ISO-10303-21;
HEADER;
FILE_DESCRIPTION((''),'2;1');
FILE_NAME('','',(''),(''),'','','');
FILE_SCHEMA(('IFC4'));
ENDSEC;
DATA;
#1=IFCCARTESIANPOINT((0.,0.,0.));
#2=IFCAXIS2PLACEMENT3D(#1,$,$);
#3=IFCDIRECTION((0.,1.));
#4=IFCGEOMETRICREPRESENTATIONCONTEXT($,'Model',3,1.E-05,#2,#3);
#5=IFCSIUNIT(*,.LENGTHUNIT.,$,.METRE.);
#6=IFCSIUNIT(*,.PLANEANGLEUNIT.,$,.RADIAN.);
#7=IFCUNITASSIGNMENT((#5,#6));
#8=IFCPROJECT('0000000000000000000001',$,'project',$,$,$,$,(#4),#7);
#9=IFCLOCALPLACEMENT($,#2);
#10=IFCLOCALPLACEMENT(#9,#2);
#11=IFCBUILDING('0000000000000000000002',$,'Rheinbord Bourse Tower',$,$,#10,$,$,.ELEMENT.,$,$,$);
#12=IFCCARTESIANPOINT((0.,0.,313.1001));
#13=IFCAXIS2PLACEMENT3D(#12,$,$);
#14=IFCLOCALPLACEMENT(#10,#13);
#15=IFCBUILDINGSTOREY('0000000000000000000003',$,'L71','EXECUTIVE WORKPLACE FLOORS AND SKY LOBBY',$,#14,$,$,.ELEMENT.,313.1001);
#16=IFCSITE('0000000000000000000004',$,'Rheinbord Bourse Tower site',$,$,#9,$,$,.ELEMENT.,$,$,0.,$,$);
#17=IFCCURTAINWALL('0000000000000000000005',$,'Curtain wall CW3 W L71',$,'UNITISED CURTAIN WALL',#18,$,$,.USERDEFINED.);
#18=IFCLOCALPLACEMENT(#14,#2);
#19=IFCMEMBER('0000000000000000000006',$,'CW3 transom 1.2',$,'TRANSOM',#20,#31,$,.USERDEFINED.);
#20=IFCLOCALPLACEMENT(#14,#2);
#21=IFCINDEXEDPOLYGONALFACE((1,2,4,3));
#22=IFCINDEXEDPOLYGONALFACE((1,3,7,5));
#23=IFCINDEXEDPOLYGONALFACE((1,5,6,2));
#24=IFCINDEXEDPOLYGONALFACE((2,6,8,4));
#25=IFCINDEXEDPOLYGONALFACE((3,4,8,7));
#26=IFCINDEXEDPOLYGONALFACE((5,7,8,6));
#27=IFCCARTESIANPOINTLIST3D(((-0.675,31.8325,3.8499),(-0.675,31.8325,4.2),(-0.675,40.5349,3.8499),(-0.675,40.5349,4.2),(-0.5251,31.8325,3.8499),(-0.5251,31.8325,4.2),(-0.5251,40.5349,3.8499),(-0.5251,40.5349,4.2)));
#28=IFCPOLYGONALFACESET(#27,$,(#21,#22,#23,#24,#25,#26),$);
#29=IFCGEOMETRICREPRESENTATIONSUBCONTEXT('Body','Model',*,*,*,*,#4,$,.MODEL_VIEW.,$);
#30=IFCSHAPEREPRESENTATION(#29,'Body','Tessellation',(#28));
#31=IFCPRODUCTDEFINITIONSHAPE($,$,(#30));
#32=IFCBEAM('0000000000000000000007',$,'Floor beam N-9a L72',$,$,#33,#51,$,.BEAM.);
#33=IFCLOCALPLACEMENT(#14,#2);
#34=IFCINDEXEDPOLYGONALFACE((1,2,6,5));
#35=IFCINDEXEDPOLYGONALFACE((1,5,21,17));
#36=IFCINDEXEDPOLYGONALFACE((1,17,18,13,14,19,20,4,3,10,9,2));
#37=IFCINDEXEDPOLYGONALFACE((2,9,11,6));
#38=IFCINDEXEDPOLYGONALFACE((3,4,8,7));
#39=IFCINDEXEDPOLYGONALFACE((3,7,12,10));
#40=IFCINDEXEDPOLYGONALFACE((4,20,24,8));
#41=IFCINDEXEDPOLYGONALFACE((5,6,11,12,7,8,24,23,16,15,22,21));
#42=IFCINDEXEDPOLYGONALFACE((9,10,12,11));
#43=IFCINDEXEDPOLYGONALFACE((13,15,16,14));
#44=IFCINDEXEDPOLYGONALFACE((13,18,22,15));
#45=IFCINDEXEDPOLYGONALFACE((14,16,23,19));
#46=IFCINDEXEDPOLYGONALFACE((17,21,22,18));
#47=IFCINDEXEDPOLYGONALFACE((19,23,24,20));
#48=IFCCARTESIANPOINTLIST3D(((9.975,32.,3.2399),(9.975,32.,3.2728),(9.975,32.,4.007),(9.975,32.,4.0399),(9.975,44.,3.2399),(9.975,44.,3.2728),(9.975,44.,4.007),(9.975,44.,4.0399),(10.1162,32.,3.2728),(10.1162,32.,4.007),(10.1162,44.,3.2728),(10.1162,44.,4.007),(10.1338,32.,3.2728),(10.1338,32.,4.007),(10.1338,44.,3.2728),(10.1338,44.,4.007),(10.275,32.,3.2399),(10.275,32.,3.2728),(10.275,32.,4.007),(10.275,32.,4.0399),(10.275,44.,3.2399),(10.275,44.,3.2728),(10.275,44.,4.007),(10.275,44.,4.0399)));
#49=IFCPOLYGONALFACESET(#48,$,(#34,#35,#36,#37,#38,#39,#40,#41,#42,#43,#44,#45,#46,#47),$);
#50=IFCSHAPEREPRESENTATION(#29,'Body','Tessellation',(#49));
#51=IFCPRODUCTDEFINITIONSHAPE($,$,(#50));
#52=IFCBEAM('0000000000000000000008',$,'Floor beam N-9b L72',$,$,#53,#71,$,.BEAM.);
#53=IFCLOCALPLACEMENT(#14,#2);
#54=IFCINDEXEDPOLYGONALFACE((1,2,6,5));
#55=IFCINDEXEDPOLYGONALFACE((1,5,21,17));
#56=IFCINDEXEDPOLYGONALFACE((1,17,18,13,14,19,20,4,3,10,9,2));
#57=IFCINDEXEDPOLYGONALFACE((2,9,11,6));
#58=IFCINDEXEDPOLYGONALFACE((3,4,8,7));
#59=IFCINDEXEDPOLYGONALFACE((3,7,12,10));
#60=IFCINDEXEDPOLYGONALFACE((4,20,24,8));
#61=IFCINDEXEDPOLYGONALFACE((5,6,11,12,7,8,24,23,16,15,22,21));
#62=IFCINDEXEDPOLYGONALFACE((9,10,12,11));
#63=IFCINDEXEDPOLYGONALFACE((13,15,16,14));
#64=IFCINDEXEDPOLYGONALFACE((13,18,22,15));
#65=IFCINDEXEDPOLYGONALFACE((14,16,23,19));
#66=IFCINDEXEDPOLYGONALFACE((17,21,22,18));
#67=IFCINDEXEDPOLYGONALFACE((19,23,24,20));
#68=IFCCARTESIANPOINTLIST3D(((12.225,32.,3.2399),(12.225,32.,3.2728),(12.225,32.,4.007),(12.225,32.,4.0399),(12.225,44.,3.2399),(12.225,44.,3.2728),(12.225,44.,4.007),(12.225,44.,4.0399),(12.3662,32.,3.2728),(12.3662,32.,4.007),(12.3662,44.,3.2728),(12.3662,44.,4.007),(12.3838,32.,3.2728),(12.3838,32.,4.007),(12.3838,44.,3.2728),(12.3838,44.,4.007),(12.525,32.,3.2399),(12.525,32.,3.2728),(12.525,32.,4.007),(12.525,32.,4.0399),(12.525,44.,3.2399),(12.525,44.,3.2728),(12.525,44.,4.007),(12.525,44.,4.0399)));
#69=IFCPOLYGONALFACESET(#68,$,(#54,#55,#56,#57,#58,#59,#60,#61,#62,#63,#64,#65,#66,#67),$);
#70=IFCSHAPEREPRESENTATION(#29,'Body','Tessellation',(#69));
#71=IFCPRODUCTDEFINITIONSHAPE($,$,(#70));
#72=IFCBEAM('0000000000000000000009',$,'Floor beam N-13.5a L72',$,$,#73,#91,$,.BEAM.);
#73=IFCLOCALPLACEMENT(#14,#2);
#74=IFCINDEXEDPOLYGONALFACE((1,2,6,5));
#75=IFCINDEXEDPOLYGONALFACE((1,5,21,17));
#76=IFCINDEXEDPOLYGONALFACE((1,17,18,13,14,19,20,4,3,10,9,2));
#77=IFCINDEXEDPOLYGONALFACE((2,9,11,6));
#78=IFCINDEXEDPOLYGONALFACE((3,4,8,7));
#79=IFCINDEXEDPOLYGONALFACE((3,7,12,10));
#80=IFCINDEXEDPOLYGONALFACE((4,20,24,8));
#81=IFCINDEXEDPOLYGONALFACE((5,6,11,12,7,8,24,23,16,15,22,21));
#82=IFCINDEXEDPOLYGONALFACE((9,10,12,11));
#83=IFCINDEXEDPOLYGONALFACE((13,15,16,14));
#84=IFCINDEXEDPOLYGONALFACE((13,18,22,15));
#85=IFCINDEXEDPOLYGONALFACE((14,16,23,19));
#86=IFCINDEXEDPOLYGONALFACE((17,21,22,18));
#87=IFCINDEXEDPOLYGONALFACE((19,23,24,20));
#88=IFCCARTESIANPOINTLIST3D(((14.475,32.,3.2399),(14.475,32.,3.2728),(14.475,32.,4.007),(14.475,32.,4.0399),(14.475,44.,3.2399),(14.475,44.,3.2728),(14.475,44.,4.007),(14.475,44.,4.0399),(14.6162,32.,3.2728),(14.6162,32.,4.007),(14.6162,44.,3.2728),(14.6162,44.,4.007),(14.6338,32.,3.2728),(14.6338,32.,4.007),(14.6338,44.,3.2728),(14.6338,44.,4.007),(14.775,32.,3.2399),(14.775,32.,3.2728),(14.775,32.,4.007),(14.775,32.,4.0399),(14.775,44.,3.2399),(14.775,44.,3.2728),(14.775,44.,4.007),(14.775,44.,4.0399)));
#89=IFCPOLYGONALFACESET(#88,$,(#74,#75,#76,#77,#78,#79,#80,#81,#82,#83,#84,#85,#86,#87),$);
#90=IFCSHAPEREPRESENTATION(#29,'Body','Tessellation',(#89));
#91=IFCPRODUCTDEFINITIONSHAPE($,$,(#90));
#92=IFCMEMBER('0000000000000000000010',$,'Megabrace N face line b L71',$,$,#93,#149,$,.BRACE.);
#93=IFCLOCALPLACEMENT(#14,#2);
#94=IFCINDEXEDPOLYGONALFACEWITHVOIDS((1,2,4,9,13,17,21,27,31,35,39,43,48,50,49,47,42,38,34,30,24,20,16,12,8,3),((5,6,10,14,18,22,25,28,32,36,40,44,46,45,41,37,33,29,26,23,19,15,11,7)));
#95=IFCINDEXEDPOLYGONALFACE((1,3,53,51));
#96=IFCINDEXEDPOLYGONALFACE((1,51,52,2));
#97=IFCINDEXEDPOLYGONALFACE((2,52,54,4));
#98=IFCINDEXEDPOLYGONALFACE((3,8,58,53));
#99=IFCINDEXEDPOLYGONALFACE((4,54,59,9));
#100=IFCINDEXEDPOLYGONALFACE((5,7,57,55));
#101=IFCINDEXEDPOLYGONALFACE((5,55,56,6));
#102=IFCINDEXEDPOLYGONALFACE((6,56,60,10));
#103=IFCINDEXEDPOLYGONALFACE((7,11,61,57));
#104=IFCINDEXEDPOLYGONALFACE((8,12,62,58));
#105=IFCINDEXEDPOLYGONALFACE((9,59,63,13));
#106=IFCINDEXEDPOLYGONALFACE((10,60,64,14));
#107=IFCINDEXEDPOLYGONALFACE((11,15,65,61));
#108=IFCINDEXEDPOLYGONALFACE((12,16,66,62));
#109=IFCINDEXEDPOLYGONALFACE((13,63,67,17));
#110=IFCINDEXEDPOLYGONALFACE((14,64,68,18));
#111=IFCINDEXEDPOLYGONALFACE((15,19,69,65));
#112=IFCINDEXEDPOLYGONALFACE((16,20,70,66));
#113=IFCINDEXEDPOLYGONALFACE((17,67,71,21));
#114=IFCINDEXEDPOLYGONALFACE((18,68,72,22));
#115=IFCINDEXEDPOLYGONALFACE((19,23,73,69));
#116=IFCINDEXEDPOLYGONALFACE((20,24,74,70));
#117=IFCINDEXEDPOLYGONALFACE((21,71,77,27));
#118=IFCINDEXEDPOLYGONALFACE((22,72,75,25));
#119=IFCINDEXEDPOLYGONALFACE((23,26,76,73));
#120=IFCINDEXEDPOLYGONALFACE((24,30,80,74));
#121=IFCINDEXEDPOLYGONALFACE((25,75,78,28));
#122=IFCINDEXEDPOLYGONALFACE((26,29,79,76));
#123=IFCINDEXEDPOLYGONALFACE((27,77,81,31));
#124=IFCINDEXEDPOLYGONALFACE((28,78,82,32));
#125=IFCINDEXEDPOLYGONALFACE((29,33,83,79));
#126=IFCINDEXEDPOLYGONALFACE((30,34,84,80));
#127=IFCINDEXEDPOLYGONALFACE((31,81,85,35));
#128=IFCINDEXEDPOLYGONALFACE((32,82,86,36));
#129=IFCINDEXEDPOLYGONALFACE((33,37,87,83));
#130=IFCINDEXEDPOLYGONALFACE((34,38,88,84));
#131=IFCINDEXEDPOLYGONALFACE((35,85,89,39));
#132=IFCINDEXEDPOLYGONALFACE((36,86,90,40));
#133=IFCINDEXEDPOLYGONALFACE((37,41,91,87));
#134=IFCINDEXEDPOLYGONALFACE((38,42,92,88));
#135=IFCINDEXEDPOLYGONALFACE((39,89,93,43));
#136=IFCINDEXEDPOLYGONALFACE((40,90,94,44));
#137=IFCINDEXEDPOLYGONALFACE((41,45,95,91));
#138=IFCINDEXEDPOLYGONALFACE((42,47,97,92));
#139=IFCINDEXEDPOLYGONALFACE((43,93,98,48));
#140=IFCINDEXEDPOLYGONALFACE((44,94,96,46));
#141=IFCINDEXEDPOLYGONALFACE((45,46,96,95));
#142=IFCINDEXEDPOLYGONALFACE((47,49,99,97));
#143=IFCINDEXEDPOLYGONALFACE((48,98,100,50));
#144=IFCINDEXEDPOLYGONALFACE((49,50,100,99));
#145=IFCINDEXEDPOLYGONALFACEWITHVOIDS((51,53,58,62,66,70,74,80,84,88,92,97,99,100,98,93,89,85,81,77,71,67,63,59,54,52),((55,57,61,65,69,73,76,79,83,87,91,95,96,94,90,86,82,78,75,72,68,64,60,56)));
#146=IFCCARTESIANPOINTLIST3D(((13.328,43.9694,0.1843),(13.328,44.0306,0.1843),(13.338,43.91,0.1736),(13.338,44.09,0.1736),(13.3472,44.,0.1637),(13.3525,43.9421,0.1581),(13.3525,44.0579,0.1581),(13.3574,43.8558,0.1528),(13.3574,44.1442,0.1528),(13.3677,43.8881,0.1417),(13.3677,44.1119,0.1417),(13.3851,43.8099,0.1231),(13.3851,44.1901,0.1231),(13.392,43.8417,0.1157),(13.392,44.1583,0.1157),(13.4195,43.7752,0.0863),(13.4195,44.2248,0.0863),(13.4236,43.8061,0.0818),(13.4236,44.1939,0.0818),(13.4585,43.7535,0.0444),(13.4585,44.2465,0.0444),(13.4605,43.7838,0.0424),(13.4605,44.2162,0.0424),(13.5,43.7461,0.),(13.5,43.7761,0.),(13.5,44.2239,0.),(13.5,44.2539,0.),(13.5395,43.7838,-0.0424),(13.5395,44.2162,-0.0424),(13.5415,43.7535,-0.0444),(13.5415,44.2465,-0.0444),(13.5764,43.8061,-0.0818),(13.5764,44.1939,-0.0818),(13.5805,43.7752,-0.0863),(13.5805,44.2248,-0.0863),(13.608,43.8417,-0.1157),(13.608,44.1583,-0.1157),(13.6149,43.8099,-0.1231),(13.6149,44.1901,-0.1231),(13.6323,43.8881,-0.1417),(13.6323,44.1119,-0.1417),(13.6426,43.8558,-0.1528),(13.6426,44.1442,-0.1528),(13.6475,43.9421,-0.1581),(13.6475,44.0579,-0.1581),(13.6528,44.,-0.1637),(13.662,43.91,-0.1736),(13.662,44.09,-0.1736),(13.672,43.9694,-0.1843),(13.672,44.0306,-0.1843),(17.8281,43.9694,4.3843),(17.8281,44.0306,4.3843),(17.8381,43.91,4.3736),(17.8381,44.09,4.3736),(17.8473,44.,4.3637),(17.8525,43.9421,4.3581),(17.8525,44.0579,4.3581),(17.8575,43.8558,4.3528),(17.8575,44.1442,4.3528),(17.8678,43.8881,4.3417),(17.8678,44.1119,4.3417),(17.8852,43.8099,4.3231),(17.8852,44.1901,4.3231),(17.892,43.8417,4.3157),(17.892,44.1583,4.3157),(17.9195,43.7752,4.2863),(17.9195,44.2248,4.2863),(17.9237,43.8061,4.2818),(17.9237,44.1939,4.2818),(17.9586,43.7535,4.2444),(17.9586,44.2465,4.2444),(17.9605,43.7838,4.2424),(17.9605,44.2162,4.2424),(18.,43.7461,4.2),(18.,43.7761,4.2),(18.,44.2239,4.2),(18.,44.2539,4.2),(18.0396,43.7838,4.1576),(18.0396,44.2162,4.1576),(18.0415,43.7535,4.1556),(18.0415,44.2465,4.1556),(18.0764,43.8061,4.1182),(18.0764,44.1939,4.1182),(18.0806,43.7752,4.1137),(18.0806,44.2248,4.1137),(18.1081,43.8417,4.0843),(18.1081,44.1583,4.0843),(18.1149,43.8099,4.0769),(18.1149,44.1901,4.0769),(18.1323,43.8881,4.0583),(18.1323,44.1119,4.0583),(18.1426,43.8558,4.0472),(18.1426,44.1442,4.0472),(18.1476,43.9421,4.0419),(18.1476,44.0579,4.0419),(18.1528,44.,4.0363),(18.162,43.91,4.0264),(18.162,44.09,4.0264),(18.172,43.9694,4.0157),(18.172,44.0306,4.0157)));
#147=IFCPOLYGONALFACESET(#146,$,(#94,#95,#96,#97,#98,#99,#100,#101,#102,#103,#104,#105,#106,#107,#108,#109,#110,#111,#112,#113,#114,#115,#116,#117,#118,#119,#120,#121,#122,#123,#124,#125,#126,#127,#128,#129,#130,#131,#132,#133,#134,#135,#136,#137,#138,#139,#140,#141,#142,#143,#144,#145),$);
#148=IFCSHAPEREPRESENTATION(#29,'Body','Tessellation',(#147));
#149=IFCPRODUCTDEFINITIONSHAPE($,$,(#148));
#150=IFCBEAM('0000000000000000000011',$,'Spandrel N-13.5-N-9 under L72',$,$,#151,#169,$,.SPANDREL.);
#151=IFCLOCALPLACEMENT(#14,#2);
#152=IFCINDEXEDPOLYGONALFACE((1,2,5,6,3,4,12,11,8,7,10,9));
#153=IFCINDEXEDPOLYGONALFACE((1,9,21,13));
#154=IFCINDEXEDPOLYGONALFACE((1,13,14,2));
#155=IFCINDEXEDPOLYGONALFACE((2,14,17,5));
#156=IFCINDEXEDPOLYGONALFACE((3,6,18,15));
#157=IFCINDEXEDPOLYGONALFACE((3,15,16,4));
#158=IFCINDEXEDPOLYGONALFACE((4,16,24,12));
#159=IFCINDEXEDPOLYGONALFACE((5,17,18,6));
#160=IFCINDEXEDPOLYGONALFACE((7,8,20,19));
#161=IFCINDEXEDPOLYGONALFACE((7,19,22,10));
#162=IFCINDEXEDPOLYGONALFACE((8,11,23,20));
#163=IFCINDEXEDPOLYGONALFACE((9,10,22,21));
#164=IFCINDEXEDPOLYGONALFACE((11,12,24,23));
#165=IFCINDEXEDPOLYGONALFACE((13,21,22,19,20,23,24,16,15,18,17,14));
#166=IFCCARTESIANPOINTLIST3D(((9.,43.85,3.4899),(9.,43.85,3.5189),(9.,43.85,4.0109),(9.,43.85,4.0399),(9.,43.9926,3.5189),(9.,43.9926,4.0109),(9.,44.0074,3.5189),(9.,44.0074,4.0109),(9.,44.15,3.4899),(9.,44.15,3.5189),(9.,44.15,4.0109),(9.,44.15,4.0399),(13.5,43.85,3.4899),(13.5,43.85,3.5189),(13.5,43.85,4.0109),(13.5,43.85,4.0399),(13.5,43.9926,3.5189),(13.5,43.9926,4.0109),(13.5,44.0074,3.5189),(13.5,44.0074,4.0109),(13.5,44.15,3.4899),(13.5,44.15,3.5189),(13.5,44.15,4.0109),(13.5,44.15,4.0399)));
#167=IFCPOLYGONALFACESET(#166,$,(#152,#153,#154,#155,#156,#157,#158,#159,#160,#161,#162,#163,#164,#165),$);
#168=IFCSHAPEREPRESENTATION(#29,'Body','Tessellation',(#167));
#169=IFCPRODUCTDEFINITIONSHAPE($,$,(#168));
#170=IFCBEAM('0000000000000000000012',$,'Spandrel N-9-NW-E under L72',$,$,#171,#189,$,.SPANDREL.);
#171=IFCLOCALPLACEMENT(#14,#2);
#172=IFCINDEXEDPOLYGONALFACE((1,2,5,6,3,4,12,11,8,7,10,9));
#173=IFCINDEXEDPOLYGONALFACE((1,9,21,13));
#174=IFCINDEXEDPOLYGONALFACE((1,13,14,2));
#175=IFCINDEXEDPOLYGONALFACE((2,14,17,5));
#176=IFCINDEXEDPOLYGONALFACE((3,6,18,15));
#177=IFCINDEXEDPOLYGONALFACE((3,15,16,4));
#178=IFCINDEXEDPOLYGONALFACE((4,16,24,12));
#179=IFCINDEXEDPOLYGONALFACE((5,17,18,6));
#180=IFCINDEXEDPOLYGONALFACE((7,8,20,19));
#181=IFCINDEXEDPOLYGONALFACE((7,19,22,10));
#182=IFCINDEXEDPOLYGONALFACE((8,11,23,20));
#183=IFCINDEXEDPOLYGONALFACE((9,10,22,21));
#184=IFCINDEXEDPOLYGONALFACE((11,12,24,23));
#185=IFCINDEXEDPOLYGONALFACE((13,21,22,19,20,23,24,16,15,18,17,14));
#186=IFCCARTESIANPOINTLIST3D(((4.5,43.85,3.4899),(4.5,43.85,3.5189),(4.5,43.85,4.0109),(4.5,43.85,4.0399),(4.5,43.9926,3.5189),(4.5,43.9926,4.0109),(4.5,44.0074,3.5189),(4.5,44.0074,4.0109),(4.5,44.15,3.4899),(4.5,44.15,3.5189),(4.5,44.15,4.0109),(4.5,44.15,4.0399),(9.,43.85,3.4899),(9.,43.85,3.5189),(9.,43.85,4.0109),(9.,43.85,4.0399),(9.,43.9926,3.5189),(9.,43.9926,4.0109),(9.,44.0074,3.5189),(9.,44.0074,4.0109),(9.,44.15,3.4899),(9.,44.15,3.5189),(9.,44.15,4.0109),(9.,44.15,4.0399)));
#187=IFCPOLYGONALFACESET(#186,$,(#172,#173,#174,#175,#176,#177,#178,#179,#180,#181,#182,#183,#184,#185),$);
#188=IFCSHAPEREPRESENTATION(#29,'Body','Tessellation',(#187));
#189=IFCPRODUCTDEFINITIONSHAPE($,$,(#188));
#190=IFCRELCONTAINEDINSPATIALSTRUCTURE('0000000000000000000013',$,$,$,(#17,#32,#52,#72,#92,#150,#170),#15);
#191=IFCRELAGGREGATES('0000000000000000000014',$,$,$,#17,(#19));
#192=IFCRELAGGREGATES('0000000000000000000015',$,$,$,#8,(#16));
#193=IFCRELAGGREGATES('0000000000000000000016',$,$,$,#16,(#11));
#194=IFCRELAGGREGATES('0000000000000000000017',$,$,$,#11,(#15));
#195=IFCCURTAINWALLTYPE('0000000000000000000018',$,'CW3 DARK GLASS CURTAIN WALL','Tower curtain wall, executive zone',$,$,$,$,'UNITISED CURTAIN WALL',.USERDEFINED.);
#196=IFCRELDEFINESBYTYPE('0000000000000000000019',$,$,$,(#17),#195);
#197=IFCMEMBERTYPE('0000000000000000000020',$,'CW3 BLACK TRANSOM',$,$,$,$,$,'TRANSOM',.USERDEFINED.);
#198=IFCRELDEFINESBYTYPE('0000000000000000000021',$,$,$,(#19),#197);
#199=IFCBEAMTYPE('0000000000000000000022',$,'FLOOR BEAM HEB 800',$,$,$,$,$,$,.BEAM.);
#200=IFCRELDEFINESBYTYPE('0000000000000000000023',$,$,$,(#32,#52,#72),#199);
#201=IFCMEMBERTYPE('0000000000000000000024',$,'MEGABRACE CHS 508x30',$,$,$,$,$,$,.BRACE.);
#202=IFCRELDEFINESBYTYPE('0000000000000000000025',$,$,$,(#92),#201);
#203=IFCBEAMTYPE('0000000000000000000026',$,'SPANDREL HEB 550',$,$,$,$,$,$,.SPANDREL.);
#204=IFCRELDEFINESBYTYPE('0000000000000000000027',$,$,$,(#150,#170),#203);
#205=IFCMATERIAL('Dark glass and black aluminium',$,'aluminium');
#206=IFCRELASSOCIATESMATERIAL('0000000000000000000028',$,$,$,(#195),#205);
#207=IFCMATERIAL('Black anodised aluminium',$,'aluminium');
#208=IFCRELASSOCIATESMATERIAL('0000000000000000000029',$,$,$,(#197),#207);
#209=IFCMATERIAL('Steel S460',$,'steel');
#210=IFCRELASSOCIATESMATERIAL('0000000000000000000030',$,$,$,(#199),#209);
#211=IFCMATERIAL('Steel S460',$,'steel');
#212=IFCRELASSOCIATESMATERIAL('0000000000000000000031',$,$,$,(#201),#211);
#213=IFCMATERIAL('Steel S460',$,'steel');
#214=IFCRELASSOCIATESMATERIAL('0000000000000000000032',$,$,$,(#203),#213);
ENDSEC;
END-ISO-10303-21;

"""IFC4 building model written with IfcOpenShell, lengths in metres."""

from ifc_helpers import new_model, si_unit, direction, frame, origin, origin_2d, place, context, subcontext, project, spatial, rectangle, hollow_circle, i_section, extrude, material, material_profile, profile_set, type_object, element, aggregate, save


model = new_model("IFC4")

# Units and contexts
model_context = context("Model", 3, precision=1e-05, world=origin(), true_north=direction((0.0, 1.0)))
body_context = subcontext(model_context, "Body", "Model", "MODEL_VIEW")
ifc_project = project(units=[si_unit("LENGTHUNIT", "METRE"), si_unit("PLANEANGLEUNIT", "RADIAN")], contexts=[model_context])

# Site, building, storey
site_placement = place(None, origin())
site = spatial("IfcSite", under=ifc_project, at=site_placement, Name="Rheinbord Bourse Tower site", CompositionType="ELEMENT", RefElevation=0.0)
building_placement = place(site_placement, origin())
building = spatial("IfcBuilding", under=site, at=building_placement, Name="Rheinbord Bourse Tower", CompositionType="ELEMENT")
storey_placement = place(building_placement, frame((0.0, 0.0, 313.1001)))
storey = spatial("IfcBuildingStorey", under=building, at=storey_placement, Name="L71", Description="EXECUTIVE WORKPLACE FLOORS AND SKY LOBBY", CompositionType="ELEMENT", Elevation=313.1001)

# Shared definitions
ifc_material_1 = material(Name="Dark glass and black aluminium", Category="aluminium")
curtain_wall_type = type_object("IfcCurtainWallType", Name="CW3 DARK GLASS CURTAIN WALL", Description="Tower curtain wall, executive zone", ElementType="UNITISED CURTAIN WALL", PredefinedType="USERDEFINED", material=ifc_material_1)

# Curtain wall
curtain_wall_1_placement = place(storey_placement, origin())
curtain_wall_1 = element("IfcCurtainWall", 1, at=curtain_wall_1_placement, inside=storey, type_object=curtain_wall_type, Name="Curtain wall CW3 W L71", ObjectType="UNITISED CURTAIN WALL", PredefinedType="USERDEFINED")

# Member
ifc_material_2 = material(Name="Black anodised aluminium", Category="aluminium")
ifc_material_profile_1 = material_profile(ifc_material_2, rectangle(XDim=0.1499, YDim=0.3501, at=origin_2d()), Name="CW3 TRANSOM 350x150")
ifc_profile_set_1 = profile_set([ifc_material_profile_1], Name="Black anodised aluminium")
member_type_1 = type_object("IfcMemberType", Name="CW3 BLACK TRANSOM", ElementType="TRANSOM", PredefinedType="USERDEFINED", material=ifc_profile_set_1)
member_1_placement = place(storey_placement, frame((-0.6001, 40.5349, 4.0249), z_axis=(0.0, -1.0, 0.0), x_axis=(1.0, 0.0, 0.0)))
member_1 = element("IfcMember", 2, at=member_1_placement, type_object=member_type_1, Name="CW3 transom 1.2", ObjectType="TRANSOM", PredefinedType="USERDEFINED", context=body_context, shape_type="SweptSolid", body=[
    extrude(rectangle(XDim=0.1499, YDim=0.3501, at=origin_2d()), origin(), (0.0, 0.0, 1.0), 8.7024),
])

# Beams
ifc_material_3 = material(Name="Steel S460", Category="steel")
ifc_material_profile_2 = material_profile(ifc_material_3, i_section(OverallWidth=0.3, OverallDepth=0.8, WebThickness=0.0176, FlangeThickness=0.033, at=origin_2d()), Name="HEB 800")
ifc_profile_set_2 = profile_set([ifc_material_profile_2], Name="Steel S460")
beam_type_1 = type_object("IfcBeamType", Name="FLOOR BEAM HEB 800", PredefinedType="BEAM", material=ifc_profile_set_2)
for number, where, z_axis, x_axis, name in (
    (3, (10.125, 44.0, 3.6399), (0.0, -1.0, 0.0), (1.0, 0.0, 0.0), "Floor beam N-9a L72"),
    (4, (12.375, 44.0, 3.6399), (0.0, -1.0, 0.0), (1.0, 0.0, 0.0), "Floor beam N-9b L72"),
    (5, (14.625, 44.0, 3.6399), (0.0, -1.0, 0.0), (1.0, 0.0, 0.0), "Floor beam N-13.5a L72"),
):
    element("IfcBeam", number, at=place(storey_placement, frame(where, z_axis=z_axis, x_axis=x_axis)), inside=storey, type_object=beam_type_1, Name=name, PredefinedType="BEAM", context=body_context, shape_type="SweptSolid", body=[
        extrude(i_section(OverallWidth=0.3, OverallDepth=0.8, WebThickness=0.0176, FlangeThickness=0.033, at=origin_2d()), origin(), (0.0, 0.0, 1.0), 12.0),
    ])

# Member
ifc_material_4 = material(Name="Steel S460", Category="steel")
ifc_material_profile_3 = material_profile(ifc_material_4, hollow_circle(Radius=0.2539, WallThickness=0.03, at=origin_2d()), Name="CHS 508x30")
ifc_profile_set_3 = profile_set([ifc_material_profile_3], Name="Steel S460")
member_type_2 = type_object("IfcMemberType", Name="MEGABRACE CHS 508x30", PredefinedType="BRACE", material=ifc_profile_set_3)
member_2_placement = place(storey_placement, frame((13.5, 44.0, 0.0), z_axis=(0.731059, 0.0, 0.682314), x_axis=(0.0, 1.0, 0.0)))
element("IfcMember", 6, at=member_2_placement, inside=storey, type_object=member_type_2, Name="Megabrace N face line b L71", PredefinedType="BRACE", context=body_context, shape_type="SweptSolid", body=[
    extrude(hollow_circle(Radius=0.2539, WallThickness=0.03, at=origin_2d()), origin(), (0.0, 0.0, 1.0), 6.1555),
])

# Beams
ifc_material_5 = material(Name="Steel S460", Category="steel")
ifc_material_profile_4 = material_profile(ifc_material_5, i_section(OverallWidth=0.3, OverallDepth=0.55, WebThickness=0.0149, FlangeThickness=0.0291, at=origin_2d()), Name="HEB 550")
ifc_profile_set_4 = profile_set([ifc_material_profile_4], Name="Steel S460")
beam_type_2 = type_object("IfcBeamType", Name="SPANDREL HEB 550", PredefinedType="SPANDREL", material=ifc_profile_set_4)
for number, where, z_axis, x_axis, name in (
    (7, (13.5, 44.0, 3.7649), (-1.0, 0.0, 0.0), (0.0, -1.0, 0.0), "Spandrel N-13.5-N-9 under L72"),
    (8, (9.0, 44.0, 3.7649), (-1.0, 0.0, 0.0), (0.0, -1.0, 0.0), "Spandrel N-9-NW-E under L72"),
):
    element("IfcBeam", number, at=place(storey_placement, frame(where, z_axis=z_axis, x_axis=x_axis)), inside=storey, type_object=beam_type_2, Name=name, PredefinedType="SPANDREL", context=body_context, shape_type="SweptSolid", body=[
        extrude(i_section(OverallWidth=0.3, OverallDepth=0.55, WebThickness=0.0149, FlangeThickness=0.0291, at=origin_2d()), origin(), (0.0, 0.0, 1.0), 4.5),
    ])

aggregate(curtain_wall_1, [member_1])

save(model, "model.ifc")
